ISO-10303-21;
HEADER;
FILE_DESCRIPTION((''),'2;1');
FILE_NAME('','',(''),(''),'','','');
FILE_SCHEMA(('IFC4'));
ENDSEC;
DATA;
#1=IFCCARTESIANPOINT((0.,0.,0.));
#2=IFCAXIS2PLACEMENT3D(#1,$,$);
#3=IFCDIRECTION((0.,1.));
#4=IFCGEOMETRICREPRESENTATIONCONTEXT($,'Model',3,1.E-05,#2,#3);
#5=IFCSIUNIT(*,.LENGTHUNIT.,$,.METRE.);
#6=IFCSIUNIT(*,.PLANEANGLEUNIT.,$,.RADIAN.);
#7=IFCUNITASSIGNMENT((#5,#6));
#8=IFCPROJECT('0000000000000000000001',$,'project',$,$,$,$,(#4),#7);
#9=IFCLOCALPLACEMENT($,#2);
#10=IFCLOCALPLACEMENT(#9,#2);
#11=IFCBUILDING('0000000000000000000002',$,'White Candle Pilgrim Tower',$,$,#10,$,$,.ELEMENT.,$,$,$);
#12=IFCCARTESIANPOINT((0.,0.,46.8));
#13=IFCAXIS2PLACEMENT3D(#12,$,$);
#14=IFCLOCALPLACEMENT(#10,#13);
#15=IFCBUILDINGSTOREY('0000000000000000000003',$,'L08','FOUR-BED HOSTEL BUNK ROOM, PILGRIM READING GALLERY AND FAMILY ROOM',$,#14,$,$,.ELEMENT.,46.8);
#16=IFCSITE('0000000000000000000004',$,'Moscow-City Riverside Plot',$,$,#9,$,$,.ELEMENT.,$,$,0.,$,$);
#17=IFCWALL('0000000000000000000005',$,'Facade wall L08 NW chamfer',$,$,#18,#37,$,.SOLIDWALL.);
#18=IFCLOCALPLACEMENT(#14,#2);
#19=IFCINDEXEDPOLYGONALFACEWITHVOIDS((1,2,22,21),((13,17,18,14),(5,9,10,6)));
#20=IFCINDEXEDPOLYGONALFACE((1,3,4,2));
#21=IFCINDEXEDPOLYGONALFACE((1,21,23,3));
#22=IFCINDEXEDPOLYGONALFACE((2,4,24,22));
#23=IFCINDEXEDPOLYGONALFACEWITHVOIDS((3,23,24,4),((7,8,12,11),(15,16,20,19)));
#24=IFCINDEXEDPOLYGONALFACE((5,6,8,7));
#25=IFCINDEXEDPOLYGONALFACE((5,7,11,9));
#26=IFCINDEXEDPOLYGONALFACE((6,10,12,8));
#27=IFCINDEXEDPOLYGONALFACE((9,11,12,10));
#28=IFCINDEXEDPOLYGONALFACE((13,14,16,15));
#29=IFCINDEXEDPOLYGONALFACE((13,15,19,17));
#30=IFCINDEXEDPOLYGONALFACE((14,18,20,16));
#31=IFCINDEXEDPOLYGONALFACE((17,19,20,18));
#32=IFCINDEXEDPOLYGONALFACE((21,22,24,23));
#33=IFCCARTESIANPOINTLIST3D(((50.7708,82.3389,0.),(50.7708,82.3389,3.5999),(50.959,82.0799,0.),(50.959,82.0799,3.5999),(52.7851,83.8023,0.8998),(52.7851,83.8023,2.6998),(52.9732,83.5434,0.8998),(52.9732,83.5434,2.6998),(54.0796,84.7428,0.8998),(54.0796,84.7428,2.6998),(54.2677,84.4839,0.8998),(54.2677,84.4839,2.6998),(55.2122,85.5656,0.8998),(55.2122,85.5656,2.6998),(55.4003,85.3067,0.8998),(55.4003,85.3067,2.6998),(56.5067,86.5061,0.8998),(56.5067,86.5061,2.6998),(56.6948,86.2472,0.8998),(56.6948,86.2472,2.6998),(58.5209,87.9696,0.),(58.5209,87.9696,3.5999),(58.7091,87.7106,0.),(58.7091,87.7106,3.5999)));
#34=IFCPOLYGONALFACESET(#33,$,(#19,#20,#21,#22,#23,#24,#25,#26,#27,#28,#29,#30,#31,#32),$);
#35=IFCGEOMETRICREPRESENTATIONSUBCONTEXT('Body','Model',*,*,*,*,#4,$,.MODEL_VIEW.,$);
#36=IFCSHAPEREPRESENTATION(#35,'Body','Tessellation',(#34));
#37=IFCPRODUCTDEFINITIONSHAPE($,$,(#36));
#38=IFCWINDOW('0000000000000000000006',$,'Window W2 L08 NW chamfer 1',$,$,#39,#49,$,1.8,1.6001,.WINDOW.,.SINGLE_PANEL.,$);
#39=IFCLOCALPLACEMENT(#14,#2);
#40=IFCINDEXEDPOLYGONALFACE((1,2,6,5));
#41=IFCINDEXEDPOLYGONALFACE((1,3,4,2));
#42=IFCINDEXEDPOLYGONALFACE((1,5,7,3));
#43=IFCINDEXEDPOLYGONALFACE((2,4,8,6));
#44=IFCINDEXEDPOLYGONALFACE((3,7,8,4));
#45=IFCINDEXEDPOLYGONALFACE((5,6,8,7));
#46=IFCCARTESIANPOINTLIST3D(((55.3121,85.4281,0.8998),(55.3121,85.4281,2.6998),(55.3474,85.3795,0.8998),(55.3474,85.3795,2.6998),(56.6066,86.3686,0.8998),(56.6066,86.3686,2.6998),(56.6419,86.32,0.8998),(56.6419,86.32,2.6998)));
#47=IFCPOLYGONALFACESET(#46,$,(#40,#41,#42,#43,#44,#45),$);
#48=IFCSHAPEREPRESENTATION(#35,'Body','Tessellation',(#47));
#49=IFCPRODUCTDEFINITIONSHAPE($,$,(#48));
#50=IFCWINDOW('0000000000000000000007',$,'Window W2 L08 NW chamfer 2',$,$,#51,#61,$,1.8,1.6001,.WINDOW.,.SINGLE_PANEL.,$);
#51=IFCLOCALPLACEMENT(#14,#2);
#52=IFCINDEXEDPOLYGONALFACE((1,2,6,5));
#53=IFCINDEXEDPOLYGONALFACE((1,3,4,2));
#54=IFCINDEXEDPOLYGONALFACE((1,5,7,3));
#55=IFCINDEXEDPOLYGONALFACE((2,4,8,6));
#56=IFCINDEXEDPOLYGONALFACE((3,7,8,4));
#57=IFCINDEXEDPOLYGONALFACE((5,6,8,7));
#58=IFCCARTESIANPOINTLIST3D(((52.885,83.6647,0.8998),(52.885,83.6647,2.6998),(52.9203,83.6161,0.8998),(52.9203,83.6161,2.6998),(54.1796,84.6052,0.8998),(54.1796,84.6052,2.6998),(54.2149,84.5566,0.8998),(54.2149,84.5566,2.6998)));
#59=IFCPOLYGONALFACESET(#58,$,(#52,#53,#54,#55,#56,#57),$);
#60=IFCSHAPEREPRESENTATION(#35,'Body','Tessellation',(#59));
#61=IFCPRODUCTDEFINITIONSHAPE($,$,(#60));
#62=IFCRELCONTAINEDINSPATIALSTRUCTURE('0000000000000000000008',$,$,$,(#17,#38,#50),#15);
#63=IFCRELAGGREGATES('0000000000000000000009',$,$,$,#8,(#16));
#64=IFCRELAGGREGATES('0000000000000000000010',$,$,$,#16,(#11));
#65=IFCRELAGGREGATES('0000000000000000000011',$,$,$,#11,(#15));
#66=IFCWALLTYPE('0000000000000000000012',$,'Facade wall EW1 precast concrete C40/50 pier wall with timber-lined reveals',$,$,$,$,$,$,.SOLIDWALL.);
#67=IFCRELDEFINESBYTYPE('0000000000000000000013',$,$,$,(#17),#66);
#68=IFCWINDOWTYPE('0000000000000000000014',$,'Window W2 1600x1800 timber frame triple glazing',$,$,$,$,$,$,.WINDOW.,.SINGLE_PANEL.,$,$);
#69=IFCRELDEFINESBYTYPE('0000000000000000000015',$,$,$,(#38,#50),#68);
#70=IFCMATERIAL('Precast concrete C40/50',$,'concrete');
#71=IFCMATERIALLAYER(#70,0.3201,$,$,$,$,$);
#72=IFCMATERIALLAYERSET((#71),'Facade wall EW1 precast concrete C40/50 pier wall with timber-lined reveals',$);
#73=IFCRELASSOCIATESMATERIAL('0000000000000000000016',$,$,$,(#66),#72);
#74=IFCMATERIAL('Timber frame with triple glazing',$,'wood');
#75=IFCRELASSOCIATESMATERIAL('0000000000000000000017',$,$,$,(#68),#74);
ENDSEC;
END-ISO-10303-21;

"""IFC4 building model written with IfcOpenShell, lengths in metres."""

from ifc_helpers import new_model, si_unit, direction, frame, frame_2d, origin, place, context, subcontext, project, spatial, rectangle, extrude, material, layer, layer_set, type_object, element, fill, save


model = new_model("IFC4")

# Units and contexts
model_context = context("Model", 3, precision=1e-05, world=origin(), true_north=direction((0.0, 1.0)))
body_context = subcontext(model_context, "Body", "Model", "MODEL_VIEW")
ifc_project = project(units=[si_unit("LENGTHUNIT", "METRE"), si_unit("PLANEANGLEUNIT", "RADIAN")], contexts=[model_context])

# Site, building, storey
site_placement = place(None, origin())
site = spatial("IfcSite", under=ifc_project, at=site_placement, Name="Moscow-City Riverside Plot", CompositionType="ELEMENT", RefElevation=0.0)
building_placement = place(site_placement, origin())
building = spatial("IfcBuilding", under=site, at=building_placement, Name="White Candle Pilgrim Tower", CompositionType="ELEMENT")
storey_placement = place(building_placement, frame((0.0, 0.0, 46.8)))
storey = spatial("IfcBuildingStorey", under=building, at=storey_placement, Name="L08", Description="FOUR-BED HOSTEL BUNK ROOM, PILGRIM READING GALLERY AND FAMILY ROOM", CompositionType="ELEMENT", Elevation=46.8)

# Wall, openings, windows
ifc_material_1 = material(Name="Precast concrete C40/50", Category="concrete")
ifc_layer_1 = layer(ifc_material_1, 0.3201)
ifc_layer_set_1 = layer_set([ifc_layer_1], Name="Facade wall EW1 precast concrete C40/50 pier wall with timber-lined reveals")
wall_type_1 = type_object("IfcWallType", Name="Facade wall EW1 precast concrete C40/50 pier wall with timber-lined reveals", PredefinedType="SOLIDWALL", material=ifc_layer_set_1)
wall_1_placement = place(storey_placement, frame((58.615, 87.8401, 0.0), z_axis=(0.0, 0.0, 1.0), x_axis=(-0.809021, -0.587779, 0.0)))
wall_1 = element("IfcWall", 1, at=wall_1_placement, inside=storey, type_object=wall_type_1, Name="Facade wall L08 NW chamfer", PredefinedType="SOLIDWALL", context=body_context, shape_type="SweptSolid", body=[
    extrude(rectangle(XDim=9.5796, YDim=0.3201, at=frame_2d((4.7898, 0.0))), origin(), (0.0, 0.0, 1.0), 3.5999),
])
opening_1_placement = place(wall_1_placement, frame((2.4897, 0.0, 0.8999)))
opening_1 = element("IfcOpeningElement", 2, at=opening_1_placement, cuts=wall_1, PredefinedType="OPENING", context=body_context, shape_type="SweptSolid", body=[
    extrude(rectangle(XDim=1.6001, YDim=1.8, at=frame_2d((0.8, 0.8999))), frame((0.0, 0.1699, 0.0), z_axis=(0.0, -1.0, 0.0), x_axis=(1.0, 0.0, 0.0)), (0.0, 0.0, 1.0), 0.3401),
])
opening_2_placement = place(wall_1_placement, frame((5.4897, 0.0, 0.8999)))
opening_2 = element("IfcOpeningElement", 3, at=opening_2_placement, cuts=wall_1, PredefinedType="OPENING", context=body_context, shape_type="SweptSolid", body=[
    extrude(rectangle(XDim=1.6001, YDim=1.8, at=frame_2d((0.8, 0.8999))), frame((0.0, 0.1699, 0.0), z_axis=(0.0, -1.0, 0.0), x_axis=(1.0, 0.0, 0.0)), (0.0, 0.0, 1.0), 0.3401),
])
ifc_material_2 = material(Name="Timber frame with triple glazing", Category="wood")
window_type_1 = type_object("IfcWindowType", Name="Window W2 1600x1800 timber frame triple glazing", PartitioningType="SINGLE_PANEL", PredefinedType="WINDOW", material=ifc_material_2)
window_1_placement = place(opening_1_placement, origin())
window_1 = element("IfcWindow", 4, at=window_1_placement, inside=storey, type_object=window_type_1, Name="Window W2 L08 NW chamfer 1", OverallHeight=1.8, OverallWidth=1.6001, PartitioningType="SINGLE_PANEL", PredefinedType="WINDOW", context=body_context, shape_type="SweptSolid", body=[
    extrude(rectangle(XDim=1.6001, YDim=1.8, at=frame_2d((0.8, 0.8999))), frame((0.0, 0.0701, 0.0), z_axis=(0.0, -1.0, 0.0), x_axis=(1.0, 0.0, 0.0)), (0.0, 0.0, 1.0), 0.0601),
])
fill(opening_1, window_1)
window_2_placement = place(opening_2_placement, origin())
window_2 = element("IfcWindow", 5, at=window_2_placement, inside=storey, type_object=window_type_1, Name="Window W2 L08 NW chamfer 2", OverallHeight=1.8, OverallWidth=1.6001, PartitioningType="SINGLE_PANEL", PredefinedType="WINDOW", context=body_context, shape_type="SweptSolid", body=[
    extrude(rectangle(XDim=1.6001, YDim=1.8, at=frame_2d((0.8, 0.8999))), frame((0.0, 0.0701, 0.0), z_axis=(0.0, -1.0, 0.0), x_axis=(1.0, 0.0, 0.0)), (0.0, 0.0, 1.0), 0.0601),
])
fill(opening_2, window_2)

save(model, "model.ifc")
